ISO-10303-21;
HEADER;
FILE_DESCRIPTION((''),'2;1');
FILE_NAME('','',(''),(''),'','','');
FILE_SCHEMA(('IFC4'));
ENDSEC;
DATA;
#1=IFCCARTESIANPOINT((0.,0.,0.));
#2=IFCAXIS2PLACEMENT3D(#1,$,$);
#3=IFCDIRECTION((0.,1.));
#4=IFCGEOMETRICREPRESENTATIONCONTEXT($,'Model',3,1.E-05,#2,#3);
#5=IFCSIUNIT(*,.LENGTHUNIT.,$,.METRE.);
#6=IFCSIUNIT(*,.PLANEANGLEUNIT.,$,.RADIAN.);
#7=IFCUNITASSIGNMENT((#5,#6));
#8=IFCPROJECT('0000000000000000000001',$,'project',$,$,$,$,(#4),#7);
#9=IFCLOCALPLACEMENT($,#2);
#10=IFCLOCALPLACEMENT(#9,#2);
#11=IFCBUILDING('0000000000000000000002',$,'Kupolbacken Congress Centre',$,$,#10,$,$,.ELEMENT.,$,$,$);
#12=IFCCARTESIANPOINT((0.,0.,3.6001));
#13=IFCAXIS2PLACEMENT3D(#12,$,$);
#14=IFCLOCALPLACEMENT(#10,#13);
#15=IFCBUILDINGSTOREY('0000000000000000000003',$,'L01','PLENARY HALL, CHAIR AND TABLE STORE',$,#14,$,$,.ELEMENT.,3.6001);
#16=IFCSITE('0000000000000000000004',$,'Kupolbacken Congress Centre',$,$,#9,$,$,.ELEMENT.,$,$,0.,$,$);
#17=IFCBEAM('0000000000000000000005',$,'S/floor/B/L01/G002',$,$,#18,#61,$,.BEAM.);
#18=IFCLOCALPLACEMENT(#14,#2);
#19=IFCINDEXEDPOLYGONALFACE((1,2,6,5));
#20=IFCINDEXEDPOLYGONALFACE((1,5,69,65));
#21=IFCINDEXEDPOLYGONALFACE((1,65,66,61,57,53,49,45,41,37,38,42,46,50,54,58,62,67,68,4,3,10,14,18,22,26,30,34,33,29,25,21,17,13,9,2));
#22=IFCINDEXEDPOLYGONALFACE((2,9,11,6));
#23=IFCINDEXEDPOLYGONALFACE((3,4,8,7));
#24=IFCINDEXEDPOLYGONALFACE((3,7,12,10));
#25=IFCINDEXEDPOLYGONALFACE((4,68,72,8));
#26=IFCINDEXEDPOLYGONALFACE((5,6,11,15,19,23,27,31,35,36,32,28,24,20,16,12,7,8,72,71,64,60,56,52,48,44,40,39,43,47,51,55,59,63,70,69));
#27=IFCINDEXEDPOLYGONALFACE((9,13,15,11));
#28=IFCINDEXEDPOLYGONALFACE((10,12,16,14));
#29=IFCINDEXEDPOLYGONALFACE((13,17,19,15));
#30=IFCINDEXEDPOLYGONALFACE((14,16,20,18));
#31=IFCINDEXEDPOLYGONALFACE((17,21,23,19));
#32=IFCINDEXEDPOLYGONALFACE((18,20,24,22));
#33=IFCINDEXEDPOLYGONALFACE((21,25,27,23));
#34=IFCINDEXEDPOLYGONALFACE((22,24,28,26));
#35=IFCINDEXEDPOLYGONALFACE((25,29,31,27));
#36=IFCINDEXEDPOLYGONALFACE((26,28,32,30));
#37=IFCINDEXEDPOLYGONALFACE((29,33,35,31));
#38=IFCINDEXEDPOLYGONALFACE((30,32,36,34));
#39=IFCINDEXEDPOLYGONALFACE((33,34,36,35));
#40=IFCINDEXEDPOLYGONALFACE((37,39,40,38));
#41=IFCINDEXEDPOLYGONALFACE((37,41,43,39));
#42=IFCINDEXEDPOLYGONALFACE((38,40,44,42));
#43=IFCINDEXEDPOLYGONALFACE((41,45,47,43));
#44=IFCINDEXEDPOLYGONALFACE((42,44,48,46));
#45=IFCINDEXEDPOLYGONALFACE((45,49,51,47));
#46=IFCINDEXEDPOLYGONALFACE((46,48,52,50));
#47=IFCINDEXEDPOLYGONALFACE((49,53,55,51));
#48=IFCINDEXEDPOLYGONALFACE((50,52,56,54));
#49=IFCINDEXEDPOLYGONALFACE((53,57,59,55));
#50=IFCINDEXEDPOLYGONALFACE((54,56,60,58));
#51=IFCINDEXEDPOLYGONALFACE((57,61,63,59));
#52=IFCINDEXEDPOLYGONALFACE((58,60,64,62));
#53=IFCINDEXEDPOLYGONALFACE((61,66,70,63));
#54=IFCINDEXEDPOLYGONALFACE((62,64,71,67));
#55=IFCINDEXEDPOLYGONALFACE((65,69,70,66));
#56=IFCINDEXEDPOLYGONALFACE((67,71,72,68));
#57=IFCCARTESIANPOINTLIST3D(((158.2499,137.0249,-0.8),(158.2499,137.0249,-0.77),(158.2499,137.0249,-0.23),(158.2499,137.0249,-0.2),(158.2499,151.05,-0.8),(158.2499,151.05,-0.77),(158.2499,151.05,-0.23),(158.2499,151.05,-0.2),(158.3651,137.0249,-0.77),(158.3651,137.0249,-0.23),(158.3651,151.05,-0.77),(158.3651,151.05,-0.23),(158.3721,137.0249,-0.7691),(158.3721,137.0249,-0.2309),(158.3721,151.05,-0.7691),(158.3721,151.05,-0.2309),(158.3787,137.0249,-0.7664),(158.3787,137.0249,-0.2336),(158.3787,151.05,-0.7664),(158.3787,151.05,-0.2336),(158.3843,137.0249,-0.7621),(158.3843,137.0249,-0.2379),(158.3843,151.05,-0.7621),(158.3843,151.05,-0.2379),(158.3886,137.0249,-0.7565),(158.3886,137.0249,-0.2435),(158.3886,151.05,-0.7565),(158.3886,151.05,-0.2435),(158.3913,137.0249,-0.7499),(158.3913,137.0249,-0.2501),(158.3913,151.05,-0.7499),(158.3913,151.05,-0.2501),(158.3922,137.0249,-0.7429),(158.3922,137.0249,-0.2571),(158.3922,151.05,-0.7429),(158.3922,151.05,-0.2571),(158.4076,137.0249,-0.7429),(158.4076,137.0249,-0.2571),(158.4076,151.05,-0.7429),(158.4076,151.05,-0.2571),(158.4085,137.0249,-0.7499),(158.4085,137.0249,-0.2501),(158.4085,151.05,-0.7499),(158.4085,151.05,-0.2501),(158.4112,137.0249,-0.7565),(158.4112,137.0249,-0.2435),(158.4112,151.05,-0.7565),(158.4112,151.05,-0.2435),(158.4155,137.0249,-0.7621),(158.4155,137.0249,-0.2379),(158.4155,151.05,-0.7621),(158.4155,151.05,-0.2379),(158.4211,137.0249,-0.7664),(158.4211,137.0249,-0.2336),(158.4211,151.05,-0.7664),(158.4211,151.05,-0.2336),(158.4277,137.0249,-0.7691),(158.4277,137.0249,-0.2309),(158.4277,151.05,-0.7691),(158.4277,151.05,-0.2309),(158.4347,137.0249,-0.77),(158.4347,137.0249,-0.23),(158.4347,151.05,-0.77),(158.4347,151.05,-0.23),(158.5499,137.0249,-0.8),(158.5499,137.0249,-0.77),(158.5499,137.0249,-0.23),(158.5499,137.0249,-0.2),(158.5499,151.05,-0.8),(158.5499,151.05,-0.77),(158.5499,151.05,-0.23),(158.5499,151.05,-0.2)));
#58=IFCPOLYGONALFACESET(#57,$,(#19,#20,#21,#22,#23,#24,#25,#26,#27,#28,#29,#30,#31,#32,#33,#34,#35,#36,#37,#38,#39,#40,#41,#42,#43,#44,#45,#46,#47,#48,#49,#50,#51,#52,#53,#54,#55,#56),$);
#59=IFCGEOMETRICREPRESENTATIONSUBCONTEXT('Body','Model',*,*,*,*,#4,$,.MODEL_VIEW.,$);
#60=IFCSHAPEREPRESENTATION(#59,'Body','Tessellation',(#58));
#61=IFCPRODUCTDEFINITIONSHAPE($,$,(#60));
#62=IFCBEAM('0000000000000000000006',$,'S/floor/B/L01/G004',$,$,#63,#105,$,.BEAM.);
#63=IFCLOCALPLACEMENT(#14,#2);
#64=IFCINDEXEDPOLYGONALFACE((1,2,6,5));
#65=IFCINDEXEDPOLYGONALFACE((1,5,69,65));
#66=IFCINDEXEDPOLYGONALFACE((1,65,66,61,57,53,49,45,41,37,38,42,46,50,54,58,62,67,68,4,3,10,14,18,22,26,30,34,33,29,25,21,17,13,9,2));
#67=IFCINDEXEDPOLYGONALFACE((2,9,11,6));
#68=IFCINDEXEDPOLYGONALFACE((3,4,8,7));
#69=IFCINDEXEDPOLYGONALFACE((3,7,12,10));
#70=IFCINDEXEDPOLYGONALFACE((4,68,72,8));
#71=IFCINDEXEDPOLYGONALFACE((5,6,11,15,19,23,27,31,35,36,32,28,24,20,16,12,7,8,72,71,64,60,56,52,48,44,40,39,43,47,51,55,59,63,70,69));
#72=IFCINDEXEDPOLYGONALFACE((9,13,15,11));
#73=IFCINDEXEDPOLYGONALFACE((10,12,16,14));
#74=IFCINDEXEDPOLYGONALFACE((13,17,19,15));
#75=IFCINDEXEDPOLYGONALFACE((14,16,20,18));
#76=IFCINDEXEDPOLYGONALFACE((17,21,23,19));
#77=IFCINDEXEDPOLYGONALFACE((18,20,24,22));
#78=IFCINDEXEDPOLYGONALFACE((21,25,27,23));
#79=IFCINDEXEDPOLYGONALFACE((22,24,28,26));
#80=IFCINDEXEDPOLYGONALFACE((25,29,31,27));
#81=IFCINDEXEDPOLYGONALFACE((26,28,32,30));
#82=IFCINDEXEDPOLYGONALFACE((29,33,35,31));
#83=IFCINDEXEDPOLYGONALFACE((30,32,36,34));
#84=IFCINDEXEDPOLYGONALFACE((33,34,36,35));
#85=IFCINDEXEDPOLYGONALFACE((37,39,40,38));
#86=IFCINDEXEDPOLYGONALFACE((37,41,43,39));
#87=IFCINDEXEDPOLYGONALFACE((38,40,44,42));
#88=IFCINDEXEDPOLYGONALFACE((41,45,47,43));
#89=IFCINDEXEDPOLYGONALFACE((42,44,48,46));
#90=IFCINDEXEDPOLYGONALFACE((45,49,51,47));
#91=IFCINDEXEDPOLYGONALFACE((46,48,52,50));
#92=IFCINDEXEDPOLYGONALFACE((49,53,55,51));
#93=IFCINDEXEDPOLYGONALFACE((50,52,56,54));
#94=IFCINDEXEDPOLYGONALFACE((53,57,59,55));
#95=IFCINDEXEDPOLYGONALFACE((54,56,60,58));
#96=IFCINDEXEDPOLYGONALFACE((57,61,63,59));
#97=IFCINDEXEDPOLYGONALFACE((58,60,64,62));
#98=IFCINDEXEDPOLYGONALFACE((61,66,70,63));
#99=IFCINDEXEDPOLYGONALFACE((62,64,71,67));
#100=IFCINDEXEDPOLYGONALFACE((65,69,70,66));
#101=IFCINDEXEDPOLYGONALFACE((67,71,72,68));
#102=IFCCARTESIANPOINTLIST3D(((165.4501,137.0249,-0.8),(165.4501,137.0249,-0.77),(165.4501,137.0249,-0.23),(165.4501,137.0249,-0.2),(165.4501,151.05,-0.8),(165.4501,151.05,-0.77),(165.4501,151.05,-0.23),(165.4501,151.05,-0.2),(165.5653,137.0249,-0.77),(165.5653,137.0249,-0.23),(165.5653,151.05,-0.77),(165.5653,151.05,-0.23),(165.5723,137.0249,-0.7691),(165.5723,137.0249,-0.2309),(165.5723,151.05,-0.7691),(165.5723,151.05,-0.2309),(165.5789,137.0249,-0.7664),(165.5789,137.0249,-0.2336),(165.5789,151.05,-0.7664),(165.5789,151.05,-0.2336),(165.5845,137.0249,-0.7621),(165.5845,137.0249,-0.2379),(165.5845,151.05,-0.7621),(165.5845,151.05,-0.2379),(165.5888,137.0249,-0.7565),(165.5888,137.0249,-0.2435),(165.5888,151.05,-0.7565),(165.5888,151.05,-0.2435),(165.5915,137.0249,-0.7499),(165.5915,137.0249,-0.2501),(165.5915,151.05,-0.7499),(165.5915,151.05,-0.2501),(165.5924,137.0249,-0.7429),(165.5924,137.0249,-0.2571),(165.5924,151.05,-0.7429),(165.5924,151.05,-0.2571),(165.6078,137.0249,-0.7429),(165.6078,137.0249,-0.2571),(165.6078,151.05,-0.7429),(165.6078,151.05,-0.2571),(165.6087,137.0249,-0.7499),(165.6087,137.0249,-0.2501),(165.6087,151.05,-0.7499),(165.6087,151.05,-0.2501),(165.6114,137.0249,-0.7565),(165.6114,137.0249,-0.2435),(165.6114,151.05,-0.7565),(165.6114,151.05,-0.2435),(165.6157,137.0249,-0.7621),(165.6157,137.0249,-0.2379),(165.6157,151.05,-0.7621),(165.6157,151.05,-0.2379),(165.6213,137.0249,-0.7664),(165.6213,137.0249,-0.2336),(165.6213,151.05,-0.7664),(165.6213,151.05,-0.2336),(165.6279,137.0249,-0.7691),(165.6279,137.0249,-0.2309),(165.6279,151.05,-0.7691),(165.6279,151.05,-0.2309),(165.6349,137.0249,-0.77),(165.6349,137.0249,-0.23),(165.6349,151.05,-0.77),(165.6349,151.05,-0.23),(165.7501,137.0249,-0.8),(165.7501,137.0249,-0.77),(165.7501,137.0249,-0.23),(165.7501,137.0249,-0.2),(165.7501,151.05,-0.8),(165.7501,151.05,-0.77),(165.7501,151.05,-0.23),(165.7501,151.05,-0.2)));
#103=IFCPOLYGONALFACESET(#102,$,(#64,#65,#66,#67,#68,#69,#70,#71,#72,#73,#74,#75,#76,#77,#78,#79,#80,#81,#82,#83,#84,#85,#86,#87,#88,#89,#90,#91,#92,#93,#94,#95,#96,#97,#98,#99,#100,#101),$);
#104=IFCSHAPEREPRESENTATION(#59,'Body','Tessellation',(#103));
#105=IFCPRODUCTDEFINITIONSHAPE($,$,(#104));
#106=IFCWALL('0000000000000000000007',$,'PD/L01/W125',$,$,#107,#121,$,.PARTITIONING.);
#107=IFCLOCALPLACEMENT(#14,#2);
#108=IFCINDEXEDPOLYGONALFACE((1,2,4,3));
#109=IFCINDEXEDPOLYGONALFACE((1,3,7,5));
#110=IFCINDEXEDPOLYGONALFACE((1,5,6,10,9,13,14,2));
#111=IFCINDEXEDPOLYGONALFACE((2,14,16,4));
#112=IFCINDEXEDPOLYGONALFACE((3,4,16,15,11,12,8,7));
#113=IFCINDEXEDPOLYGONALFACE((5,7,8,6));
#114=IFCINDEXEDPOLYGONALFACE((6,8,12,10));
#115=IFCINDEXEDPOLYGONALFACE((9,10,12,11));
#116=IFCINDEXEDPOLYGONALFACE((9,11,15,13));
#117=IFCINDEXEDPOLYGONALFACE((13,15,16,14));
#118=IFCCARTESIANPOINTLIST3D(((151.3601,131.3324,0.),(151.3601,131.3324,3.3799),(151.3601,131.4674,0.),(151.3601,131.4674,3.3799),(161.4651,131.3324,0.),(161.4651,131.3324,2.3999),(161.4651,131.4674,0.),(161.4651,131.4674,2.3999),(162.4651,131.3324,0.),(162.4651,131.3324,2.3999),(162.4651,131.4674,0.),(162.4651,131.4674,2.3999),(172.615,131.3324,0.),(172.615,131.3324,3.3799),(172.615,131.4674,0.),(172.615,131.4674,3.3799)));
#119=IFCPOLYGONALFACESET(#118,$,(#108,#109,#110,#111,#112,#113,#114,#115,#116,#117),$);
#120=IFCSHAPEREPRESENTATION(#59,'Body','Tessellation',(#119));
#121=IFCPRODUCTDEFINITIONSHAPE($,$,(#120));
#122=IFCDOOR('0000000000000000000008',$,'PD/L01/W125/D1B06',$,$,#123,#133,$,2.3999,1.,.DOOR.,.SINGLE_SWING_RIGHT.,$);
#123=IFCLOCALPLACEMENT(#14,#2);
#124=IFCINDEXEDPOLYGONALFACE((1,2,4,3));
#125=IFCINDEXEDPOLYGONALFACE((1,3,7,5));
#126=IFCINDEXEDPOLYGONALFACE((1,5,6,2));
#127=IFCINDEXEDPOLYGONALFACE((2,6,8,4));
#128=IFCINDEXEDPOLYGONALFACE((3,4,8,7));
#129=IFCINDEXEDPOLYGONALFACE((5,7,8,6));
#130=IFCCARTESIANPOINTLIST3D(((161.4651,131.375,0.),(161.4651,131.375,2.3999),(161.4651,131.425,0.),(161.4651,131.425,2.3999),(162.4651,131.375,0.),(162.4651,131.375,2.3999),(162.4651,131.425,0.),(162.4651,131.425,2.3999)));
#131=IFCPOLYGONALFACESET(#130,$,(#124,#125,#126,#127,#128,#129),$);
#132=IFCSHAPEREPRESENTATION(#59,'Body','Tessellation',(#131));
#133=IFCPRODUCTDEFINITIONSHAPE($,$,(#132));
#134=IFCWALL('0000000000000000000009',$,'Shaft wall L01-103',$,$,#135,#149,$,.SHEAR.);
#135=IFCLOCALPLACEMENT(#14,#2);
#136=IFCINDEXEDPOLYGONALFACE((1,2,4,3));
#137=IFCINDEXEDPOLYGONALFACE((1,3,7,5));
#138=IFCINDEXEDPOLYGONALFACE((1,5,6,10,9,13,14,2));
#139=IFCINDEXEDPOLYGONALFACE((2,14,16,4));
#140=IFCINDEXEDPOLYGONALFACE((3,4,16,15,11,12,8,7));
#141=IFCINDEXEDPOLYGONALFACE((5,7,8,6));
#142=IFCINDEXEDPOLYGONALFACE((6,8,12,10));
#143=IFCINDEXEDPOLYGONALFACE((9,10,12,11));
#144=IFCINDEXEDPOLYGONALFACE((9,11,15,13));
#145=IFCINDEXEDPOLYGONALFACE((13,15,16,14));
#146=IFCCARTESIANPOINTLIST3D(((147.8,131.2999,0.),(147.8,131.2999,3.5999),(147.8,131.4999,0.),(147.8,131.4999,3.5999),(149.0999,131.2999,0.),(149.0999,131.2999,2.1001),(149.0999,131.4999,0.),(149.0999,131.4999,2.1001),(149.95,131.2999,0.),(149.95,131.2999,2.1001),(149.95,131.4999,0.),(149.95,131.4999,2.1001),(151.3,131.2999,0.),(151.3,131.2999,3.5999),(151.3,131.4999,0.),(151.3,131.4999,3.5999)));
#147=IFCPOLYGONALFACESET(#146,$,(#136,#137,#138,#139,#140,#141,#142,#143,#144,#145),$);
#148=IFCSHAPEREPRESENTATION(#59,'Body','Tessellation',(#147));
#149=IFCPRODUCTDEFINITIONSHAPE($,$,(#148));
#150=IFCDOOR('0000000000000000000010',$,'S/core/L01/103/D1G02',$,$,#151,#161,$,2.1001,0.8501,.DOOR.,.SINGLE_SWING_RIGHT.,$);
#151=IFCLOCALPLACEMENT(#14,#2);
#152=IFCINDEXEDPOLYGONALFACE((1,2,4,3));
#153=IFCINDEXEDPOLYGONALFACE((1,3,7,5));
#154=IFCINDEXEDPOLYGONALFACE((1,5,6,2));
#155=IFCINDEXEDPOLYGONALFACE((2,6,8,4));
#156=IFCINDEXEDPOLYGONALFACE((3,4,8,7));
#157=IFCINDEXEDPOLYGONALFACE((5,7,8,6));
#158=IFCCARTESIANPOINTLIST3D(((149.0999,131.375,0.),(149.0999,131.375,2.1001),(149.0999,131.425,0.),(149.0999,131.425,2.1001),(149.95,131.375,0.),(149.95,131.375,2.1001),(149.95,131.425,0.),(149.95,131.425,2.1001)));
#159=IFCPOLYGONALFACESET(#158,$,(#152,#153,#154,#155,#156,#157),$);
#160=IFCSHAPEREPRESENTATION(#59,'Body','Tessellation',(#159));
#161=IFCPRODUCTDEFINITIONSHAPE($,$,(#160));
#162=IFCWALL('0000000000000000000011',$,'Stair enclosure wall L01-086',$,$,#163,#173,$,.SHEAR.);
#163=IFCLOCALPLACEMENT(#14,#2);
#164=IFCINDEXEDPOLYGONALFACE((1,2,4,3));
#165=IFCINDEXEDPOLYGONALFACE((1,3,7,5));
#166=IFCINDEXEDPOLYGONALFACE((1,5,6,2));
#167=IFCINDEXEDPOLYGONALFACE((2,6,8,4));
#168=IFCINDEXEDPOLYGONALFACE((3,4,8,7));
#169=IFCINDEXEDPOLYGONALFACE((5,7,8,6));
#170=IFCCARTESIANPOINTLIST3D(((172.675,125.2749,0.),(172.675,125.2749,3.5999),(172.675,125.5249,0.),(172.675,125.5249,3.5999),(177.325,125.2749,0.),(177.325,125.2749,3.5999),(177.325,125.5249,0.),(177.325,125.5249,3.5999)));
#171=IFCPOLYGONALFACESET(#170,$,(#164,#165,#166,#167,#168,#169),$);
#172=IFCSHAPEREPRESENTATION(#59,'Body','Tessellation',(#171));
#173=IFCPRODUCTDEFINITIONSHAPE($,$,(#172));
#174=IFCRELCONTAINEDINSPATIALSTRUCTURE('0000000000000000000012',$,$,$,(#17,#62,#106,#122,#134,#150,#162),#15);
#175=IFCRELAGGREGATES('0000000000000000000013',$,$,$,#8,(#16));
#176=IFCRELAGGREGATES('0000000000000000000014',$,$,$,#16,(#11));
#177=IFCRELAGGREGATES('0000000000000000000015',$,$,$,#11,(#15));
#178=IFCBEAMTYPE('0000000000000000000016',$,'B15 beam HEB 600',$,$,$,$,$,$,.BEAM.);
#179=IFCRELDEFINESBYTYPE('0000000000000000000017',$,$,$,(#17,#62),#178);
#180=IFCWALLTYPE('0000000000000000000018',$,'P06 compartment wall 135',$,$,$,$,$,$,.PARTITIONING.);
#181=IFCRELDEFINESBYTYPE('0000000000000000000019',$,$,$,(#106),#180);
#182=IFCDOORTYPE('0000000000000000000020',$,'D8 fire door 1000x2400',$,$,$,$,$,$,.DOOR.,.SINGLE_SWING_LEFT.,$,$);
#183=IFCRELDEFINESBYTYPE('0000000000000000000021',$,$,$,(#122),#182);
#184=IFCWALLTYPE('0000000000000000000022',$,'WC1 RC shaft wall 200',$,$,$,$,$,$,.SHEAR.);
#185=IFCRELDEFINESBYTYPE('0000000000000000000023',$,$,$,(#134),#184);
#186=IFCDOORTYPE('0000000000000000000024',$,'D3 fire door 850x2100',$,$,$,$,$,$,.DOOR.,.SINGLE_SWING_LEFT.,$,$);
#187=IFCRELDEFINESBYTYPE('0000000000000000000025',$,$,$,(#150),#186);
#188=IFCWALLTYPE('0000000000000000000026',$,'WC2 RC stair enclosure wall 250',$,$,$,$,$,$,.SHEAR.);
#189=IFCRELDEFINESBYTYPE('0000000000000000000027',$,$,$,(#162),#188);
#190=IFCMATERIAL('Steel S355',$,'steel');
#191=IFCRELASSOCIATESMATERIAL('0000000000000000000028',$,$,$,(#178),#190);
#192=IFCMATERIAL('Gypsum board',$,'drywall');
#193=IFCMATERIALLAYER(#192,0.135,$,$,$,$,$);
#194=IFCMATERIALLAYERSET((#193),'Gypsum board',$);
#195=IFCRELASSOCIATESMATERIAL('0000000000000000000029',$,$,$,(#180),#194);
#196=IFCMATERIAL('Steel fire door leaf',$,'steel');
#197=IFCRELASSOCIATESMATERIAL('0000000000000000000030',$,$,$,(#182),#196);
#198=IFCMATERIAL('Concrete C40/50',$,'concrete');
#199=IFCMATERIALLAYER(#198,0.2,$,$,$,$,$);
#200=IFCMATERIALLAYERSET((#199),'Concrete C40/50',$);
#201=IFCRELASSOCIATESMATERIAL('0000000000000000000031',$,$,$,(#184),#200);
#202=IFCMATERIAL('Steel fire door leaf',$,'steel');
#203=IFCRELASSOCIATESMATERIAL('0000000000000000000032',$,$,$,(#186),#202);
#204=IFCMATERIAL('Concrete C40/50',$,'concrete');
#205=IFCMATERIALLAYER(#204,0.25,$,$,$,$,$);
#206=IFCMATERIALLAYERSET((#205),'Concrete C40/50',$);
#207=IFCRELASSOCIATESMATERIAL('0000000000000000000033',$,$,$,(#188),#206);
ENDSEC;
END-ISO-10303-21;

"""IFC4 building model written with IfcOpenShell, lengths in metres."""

from ifc_helpers import new_model, si_unit, direction, frame, frame_2d, origin, origin_2d, place, context, subcontext, project, spatial, rectangle, i_section, extrude, material, layer, layer_set, material_profile, profile_set, type_object, element, fill, save


model = new_model("IFC4")

# Units and contexts
model_context = context("Model", 3, precision=1e-05, world=origin(), true_north=direction((0.0, 1.0)))
body_context = subcontext(model_context, "Body", "Model", "MODEL_VIEW")
ifc_project = project(units=[si_unit("LENGTHUNIT", "METRE"), si_unit("PLANEANGLEUNIT", "RADIAN")], contexts=[model_context])

# Site, building, storey
site_placement = place(None, origin())
site = spatial("IfcSite", under=ifc_project, at=site_placement, Name="Kupolbacken Congress Centre", CompositionType="ELEMENT", RefElevation=0.0)
building_placement = place(site_placement, origin())
building = spatial("IfcBuilding", under=site, at=building_placement, Name="Kupolbacken Congress Centre", CompositionType="ELEMENT")
storey_placement = place(building_placement, frame((0.0, 0.0, 3.6001)))
storey = spatial("IfcBuildingStorey", under=building, at=storey_placement, Name="L01", Description="PLENARY HALL, CHAIR AND TABLE STORE", CompositionType="ELEMENT", Elevation=3.6001)

# Beams
ifc_material_1 = material(Name="Steel S355", Category="steel")
ifc_material_profile_1 = material_profile(ifc_material_1, i_section(OverallWidth=0.3, OverallDepth=0.6001, WebThickness=0.0154, FlangeThickness=0.03, FilletRadius=0.0271, at=origin_2d()), Name="HEB 600")
ifc_profile_set_1 = profile_set([ifc_material_profile_1], Name="Steel S355")
beam_type_1 = type_object("IfcBeamType", Name="B15 beam HEB 600", PredefinedType="BEAM", material=ifc_profile_set_1)
for number, where, z_axis, x_axis, name in (
    (1, (158.3999, 137.0249, -0.5), (0.0, 1.0, 0.0), (-1.0, 0.0, 0.0), "S/floor/B/L01/G002"),
    (2, (165.6001, 137.0249, -0.5), (0.0, 1.0, 0.0), (-1.0, 0.0, 0.0), "S/floor/B/L01/G004"),
):
    element("IfcBeam", number, at=place(storey_placement, frame(where, z_axis=z_axis, x_axis=x_axis)), inside=storey, type_object=beam_type_1, Name=name, PredefinedType="BEAM", context=body_context, shape_type="SweptSolid", body=[
        extrude(i_section(OverallWidth=0.3, OverallDepth=0.6001, WebThickness=0.0154, FlangeThickness=0.03, FilletRadius=0.0271, at=origin_2d()), origin(), (0.0, 0.0, 1.0), 14.0251),
    ])

# Walls, openings, doors
ifc_material_2 = material(Name="Gypsum board", Category="drywall")
ifc_layer_1 = layer(ifc_material_2, 0.135)
ifc_layer_set_1 = layer_set([ifc_layer_1], Name="Gypsum board")
wall_type_1 = type_object("IfcWallType", Name="P06 compartment wall 135", PredefinedType="PARTITIONING", material=ifc_layer_set_1)
wall_1_placement = place(storey_placement, frame((172.615, 131.3999, 0.0), z_axis=(0.0, 0.0, 1.0), x_axis=(-1.0, 0.0, 0.0)))
wall_1 = element("IfcWall", 3, at=wall_1_placement, inside=storey, type_object=wall_type_1, Name="PD/L01/W125", PredefinedType="PARTITIONING", context=body_context, shape_type="SweptSolid", body=[
    extrude(rectangle(XDim=21.2549, YDim=0.135, at=frame_2d((10.6274, 0.0))), origin(), (0.0, 0.0, 1.0), 3.3799),
])
opening_1_placement = place(wall_1_placement, frame((10.1499, 0.0, 0.0)))
opening_1 = element("IfcOpeningElement", 4, at=opening_1_placement, cuts=wall_1, PredefinedType="OPENING", context=body_context, shape_type="SweptSolid", body=[
    extrude(rectangle(XDim=1.0, YDim=2.3999, at=frame_2d((0.5, 1.2))), frame((0.0, 0.0774, 0.0), z_axis=(0.0, -1.0, 0.0), x_axis=(1.0, 0.0, 0.0)), (0.0, 0.0, 1.0), 0.155),
])
ifc_material_3 = material(Name="Steel fire door leaf", Category="steel")
door_type_1 = type_object("IfcDoorType", Name="D8 fire door 1000x2400", OperationType="SINGLE_SWING_LEFT", PredefinedType="DOOR", material=ifc_material_3)
door_1_placement = place(opening_1_placement, origin())
door_1 = element("IfcDoor", 5, at=door_1_placement, inside=storey, type_object=door_type_1, Name="PD/L01/W125/D1B06", OperationType="SINGLE_SWING_RIGHT", OverallHeight=2.3999, OverallWidth=1.0, PredefinedType="DOOR", context=body_context, shape_type="SweptSolid", body=[
    extrude(rectangle(XDim=1.0, YDim=2.3999, at=frame_2d((0.5, 1.2))), frame((0.0, 0.0249, 0.0), z_axis=(0.0, -1.0, 0.0), x_axis=(1.0, 0.0, 0.0)), (0.0, 0.0, 1.0), 0.05),
])
fill(opening_1, door_1)
ifc_material_4 = material(Name="Concrete C40/50", Category="concrete")
ifc_layer_2 = layer(ifc_material_4, 0.2)
ifc_layer_set_2 = layer_set([ifc_layer_2], Name="Concrete C40/50")
wall_type_2 = type_object("IfcWallType", Name="WC1 RC shaft wall 200", PredefinedType="SHEAR", material=ifc_layer_set_2)
wall_2_placement = place(storey_placement, frame((151.3, 131.3999, 0.0), z_axis=(0.0, 0.0, 1.0), x_axis=(-1.0, 0.0, 0.0)))
wall_2 = element("IfcWall", 6, at=wall_2_placement, inside=storey, type_object=wall_type_2, Name="Shaft wall L01-103", PredefinedType="SHEAR", context=body_context, shape_type="SweptSolid", body=[
    extrude(rectangle(XDim=3.5, YDim=0.2, at=frame_2d((1.75, 0.0))), origin(), (0.0, 0.0, 1.0), 3.5999),
])
opening_2_placement = place(wall_2_placement, frame((1.3501, 0.0, 0.0)))
opening_2 = element("IfcOpeningElement", 7, at=opening_2_placement, cuts=wall_2, PredefinedType="OPENING", context=body_context, shape_type="SweptSolid", body=[
    extrude(rectangle(XDim=0.8501, YDim=2.1001, at=frame_2d((0.425, 1.05))), frame((0.0, 0.1099, 0.0), z_axis=(0.0, -1.0, 0.0), x_axis=(1.0, 0.0, 0.0)), (0.0, 0.0, 1.0), 0.22),
])
ifc_material_5 = material(Name="Steel fire door leaf", Category="steel")
door_type_2 = type_object("IfcDoorType", Name="D3 fire door 850x2100", OperationType="SINGLE_SWING_LEFT", PredefinedType="DOOR", material=ifc_material_5)
door_2_placement = place(opening_2_placement, origin())
door_2 = element("IfcDoor", 8, at=door_2_placement, inside=storey, type_object=door_type_2, Name="S/core/L01/103/D1G02", OperationType="SINGLE_SWING_RIGHT", OverallHeight=2.1001, OverallWidth=0.8501, PredefinedType="DOOR", context=body_context, shape_type="SweptSolid", body=[
    extrude(rectangle(XDim=0.8501, YDim=2.1001, at=frame_2d((0.425, 1.05))), frame((0.0, 0.0249, 0.0), z_axis=(0.0, -1.0, 0.0), x_axis=(1.0, 0.0, 0.0)), (0.0, 0.0, 1.0), 0.05),
])
fill(opening_2, door_2)

# Wall
ifc_material_6 = material(Name="Concrete C40/50", Category="concrete")
ifc_layer_3 = layer(ifc_material_6, 0.25)
ifc_layer_set_3 = layer_set([ifc_layer_3], Name="Concrete C40/50")
wall_type_3 = type_object("IfcWallType", Name="WC2 RC stair enclosure wall 250", PredefinedType="SHEAR", material=ifc_layer_set_3)
wall_3_placement = place(storey_placement, frame((172.675, 125.3999, 0.0), z_axis=(0.0, 0.0, 1.0), x_axis=(1.0, 0.0, 0.0)))
element("IfcWall", 9, at=wall_3_placement, inside=storey, type_object=wall_type_3, Name="Stair enclosure wall L01-086", PredefinedType="SHEAR", context=body_context, shape_type="SweptSolid", body=[
    extrude(rectangle(XDim=4.6499, YDim=0.25, at=frame_2d((2.325, 0.0))), origin(), (0.0, 0.0, 1.0), 3.5999),
])

save(model, "model.ifc")
